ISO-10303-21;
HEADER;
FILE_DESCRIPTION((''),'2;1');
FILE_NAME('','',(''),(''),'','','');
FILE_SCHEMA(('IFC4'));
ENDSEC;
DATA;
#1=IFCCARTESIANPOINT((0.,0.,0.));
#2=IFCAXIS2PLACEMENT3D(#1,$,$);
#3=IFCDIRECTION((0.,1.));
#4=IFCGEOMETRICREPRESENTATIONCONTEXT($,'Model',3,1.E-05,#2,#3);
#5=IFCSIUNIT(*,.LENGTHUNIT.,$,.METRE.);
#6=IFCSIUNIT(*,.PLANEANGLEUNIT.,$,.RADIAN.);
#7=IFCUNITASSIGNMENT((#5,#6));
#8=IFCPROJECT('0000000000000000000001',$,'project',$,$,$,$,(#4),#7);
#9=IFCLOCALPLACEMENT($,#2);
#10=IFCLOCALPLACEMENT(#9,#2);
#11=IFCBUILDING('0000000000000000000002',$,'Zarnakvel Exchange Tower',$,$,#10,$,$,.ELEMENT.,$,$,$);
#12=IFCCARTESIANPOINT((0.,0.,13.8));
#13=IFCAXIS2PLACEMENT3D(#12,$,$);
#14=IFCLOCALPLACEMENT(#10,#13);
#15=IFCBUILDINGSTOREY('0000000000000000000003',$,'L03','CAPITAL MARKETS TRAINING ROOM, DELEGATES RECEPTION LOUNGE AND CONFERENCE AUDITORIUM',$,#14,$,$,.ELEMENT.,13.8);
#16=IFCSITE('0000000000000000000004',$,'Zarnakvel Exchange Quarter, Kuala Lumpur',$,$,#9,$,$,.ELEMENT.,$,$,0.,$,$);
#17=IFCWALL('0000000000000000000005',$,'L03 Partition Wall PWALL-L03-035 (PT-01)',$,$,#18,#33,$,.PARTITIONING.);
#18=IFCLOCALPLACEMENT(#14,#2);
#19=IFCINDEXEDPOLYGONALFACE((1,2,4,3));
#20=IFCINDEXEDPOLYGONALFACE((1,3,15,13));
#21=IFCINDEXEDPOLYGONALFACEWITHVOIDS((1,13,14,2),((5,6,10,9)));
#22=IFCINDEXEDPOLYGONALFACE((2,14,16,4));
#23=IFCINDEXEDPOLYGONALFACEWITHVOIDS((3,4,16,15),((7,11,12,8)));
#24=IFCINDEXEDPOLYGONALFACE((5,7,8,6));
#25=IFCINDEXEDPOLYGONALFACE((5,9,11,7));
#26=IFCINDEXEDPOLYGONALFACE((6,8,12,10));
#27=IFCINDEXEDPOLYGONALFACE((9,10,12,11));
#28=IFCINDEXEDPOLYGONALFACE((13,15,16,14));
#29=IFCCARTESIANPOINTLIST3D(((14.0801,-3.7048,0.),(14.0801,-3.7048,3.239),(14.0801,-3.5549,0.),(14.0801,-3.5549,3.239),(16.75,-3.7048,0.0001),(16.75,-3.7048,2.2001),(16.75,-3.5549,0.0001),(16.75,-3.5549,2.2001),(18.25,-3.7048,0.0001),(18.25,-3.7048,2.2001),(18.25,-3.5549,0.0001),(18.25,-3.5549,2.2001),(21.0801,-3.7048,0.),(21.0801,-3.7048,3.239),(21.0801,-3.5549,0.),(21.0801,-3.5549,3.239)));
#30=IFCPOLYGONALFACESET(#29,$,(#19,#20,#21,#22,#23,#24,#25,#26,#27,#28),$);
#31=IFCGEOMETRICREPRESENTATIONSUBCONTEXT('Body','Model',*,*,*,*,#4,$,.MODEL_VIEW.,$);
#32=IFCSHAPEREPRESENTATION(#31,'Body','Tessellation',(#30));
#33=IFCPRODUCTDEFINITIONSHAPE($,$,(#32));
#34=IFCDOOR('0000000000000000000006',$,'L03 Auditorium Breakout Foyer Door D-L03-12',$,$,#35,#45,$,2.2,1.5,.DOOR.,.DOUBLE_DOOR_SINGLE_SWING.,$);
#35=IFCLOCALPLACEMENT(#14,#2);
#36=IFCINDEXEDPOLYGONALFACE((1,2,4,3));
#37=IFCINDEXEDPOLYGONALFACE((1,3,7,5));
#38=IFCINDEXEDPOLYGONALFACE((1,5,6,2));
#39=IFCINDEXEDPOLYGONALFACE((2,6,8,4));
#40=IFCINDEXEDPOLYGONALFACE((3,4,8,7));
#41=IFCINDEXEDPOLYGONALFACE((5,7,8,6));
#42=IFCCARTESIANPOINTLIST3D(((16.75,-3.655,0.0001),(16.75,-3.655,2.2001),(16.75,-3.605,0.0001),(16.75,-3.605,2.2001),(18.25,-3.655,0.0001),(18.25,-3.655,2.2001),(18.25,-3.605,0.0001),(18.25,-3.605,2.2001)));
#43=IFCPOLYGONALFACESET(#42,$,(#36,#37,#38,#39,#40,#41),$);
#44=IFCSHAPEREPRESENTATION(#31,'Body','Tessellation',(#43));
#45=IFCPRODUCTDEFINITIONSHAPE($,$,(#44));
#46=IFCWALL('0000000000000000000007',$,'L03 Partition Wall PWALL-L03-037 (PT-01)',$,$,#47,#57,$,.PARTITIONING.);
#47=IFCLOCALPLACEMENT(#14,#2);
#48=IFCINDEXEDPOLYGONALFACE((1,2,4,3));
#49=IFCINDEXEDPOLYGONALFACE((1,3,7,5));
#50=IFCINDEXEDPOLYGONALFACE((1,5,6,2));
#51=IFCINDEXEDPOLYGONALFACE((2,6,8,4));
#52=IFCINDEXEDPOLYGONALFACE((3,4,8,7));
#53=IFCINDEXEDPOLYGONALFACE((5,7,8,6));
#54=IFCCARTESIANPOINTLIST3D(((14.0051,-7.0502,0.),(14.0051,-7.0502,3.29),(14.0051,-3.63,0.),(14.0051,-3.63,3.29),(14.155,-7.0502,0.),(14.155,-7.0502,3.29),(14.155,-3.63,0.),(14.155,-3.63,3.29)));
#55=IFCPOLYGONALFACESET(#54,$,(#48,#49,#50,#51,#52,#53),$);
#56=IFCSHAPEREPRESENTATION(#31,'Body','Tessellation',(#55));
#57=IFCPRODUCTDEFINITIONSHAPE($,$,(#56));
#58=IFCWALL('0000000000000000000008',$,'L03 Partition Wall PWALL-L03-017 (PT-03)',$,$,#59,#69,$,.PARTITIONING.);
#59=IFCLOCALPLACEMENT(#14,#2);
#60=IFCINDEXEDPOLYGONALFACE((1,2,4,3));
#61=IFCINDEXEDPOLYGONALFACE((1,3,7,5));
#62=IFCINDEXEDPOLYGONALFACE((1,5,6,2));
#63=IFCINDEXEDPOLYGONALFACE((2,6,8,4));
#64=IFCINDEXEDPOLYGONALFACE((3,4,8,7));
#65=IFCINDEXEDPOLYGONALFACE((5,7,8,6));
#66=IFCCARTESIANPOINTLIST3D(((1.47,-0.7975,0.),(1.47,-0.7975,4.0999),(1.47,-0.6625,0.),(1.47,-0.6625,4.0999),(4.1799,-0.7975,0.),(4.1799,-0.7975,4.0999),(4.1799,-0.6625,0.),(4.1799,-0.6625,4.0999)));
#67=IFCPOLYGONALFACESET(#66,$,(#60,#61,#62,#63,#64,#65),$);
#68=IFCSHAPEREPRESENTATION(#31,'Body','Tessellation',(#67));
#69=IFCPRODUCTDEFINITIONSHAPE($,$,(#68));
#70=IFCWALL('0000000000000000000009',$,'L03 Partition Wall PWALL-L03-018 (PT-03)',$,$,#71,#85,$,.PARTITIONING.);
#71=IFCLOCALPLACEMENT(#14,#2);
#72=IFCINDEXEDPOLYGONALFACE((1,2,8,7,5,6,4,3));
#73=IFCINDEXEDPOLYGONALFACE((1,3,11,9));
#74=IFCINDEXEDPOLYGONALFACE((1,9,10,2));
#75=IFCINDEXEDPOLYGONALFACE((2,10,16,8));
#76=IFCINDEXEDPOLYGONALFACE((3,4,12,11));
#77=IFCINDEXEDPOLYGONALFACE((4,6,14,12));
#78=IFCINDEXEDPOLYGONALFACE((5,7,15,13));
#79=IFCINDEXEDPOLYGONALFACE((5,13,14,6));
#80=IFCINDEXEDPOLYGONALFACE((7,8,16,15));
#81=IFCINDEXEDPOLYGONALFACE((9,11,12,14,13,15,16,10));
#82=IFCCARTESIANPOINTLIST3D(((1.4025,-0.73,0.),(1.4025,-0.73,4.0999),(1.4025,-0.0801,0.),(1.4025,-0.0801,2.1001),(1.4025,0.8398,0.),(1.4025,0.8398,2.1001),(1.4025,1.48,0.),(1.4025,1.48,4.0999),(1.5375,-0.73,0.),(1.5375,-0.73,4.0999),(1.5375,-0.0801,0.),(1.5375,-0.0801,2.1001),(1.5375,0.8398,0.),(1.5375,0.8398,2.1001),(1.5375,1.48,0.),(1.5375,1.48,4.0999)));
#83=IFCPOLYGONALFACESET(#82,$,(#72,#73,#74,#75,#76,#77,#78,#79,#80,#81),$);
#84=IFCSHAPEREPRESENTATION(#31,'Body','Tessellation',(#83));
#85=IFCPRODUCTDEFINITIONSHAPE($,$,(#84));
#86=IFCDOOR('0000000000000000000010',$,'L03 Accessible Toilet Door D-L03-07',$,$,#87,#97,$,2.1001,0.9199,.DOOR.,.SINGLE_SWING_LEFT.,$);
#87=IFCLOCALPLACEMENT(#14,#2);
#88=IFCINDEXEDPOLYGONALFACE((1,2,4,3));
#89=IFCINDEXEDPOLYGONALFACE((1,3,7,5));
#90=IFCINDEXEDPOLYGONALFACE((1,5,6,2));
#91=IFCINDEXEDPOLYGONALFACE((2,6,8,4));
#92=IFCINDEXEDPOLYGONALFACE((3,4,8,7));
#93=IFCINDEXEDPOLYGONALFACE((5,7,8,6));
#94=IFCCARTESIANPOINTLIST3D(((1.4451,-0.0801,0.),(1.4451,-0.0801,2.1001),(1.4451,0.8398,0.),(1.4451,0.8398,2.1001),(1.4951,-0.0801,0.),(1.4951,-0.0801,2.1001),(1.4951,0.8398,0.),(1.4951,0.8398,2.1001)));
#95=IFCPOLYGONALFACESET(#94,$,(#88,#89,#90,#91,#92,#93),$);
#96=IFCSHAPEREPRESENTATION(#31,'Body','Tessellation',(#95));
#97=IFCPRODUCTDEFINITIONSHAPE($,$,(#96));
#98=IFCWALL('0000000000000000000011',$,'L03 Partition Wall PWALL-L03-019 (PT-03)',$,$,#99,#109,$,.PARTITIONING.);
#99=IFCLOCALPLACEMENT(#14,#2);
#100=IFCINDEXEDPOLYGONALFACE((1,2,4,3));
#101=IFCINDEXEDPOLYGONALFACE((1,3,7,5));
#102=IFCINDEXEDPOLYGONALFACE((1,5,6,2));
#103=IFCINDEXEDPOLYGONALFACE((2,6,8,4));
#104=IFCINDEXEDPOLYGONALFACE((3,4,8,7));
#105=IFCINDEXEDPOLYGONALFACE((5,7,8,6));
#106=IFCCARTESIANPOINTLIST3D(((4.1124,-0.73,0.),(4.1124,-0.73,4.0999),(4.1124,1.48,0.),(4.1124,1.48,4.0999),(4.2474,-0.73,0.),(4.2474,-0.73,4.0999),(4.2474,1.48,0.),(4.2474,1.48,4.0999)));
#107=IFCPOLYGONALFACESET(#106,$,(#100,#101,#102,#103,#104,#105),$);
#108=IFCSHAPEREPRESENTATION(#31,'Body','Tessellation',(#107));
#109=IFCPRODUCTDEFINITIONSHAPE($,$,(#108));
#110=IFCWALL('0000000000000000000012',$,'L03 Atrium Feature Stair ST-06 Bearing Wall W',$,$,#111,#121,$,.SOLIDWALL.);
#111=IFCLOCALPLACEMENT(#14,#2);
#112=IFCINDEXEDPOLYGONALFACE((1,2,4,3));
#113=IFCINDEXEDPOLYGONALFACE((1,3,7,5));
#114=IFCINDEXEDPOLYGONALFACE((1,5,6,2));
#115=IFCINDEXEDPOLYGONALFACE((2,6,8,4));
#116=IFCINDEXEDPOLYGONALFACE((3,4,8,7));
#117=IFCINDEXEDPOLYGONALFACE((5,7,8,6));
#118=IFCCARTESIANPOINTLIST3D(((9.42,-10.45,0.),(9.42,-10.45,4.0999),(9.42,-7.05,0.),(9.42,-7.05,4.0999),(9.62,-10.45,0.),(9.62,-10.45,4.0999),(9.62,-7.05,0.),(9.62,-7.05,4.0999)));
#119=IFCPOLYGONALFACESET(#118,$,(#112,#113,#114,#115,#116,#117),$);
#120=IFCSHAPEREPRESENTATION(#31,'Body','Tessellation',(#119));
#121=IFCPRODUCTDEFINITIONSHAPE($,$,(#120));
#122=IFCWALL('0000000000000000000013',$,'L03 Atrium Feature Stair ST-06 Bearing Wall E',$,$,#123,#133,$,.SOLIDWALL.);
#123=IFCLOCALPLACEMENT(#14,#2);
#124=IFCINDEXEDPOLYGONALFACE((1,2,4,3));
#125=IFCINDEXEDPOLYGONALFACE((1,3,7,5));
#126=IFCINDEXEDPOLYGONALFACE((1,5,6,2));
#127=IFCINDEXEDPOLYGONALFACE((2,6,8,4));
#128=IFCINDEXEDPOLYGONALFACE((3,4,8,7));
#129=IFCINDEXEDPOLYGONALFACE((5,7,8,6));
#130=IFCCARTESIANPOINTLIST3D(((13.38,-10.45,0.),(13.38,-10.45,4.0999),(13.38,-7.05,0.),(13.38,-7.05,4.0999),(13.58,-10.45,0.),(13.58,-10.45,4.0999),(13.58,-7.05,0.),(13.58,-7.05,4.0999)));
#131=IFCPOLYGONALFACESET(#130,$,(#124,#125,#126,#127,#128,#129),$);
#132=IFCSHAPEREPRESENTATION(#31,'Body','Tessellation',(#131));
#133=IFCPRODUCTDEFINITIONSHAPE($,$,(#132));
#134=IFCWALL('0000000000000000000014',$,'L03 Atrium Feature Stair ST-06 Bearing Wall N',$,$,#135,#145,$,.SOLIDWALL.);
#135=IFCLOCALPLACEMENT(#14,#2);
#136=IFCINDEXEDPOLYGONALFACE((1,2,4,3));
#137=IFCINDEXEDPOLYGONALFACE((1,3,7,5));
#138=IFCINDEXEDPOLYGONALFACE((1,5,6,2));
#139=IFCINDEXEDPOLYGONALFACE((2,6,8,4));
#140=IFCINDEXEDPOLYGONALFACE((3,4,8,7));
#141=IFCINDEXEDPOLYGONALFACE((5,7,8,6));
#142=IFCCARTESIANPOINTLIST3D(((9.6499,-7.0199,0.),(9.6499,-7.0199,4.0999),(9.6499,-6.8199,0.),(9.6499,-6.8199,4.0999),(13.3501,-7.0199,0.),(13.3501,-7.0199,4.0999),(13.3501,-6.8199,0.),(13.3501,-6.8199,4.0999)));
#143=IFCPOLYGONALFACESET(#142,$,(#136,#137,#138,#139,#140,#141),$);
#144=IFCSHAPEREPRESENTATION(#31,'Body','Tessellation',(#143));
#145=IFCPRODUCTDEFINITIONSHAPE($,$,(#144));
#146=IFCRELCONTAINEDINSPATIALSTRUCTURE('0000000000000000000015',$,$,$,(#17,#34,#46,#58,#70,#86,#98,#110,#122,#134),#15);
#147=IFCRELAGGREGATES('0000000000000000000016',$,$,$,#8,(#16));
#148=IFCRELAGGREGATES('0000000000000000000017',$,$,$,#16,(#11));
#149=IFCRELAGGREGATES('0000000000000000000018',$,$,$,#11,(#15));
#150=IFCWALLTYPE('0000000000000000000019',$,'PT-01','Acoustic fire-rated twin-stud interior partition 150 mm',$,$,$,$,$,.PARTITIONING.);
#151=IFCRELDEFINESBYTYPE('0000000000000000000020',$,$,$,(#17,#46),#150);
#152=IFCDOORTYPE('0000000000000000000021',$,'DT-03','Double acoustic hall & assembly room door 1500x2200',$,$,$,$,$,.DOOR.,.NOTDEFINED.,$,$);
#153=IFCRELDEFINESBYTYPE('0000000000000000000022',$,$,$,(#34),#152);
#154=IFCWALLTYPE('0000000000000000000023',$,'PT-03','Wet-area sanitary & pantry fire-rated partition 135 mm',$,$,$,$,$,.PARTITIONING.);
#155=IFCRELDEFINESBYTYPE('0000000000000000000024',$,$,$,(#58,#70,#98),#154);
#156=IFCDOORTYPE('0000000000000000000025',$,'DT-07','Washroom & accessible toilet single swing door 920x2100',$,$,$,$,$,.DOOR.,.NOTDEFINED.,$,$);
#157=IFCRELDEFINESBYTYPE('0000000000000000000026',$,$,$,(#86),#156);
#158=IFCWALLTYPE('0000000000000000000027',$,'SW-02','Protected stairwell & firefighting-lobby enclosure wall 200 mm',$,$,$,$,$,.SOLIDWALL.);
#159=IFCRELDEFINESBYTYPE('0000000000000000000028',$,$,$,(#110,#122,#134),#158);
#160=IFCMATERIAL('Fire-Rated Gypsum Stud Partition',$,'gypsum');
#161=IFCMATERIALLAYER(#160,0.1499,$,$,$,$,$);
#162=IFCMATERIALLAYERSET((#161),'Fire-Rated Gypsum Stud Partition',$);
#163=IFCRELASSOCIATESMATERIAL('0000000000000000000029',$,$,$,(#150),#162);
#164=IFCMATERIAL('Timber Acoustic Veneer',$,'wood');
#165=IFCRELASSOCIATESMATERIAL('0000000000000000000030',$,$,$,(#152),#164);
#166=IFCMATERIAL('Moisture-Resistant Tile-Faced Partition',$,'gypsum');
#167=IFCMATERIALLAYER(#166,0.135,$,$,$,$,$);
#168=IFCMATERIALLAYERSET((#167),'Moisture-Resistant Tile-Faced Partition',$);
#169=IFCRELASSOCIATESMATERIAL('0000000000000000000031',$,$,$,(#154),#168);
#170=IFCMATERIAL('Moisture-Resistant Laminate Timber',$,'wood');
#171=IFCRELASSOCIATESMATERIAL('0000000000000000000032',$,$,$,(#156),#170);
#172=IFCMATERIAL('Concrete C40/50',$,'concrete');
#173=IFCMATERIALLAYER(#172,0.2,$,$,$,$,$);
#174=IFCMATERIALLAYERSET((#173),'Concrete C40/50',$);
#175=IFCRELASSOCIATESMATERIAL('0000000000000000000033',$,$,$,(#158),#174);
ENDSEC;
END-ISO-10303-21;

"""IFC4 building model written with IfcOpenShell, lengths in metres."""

from ifc_helpers import new_model, si_unit, direction, frame, frame_2d, origin, place, context, subcontext, project, spatial, rectangle, extrude, source, transform, mapped, material, layer, layer_set, type_object, element, fill, save


model = new_model("IFC4")

# Units and contexts
model_context = context("Model", 3, precision=1e-05, world=origin(), true_north=direction((0.0, 1.0)))
body_context = subcontext(model_context, "Body", "Model", "MODEL_VIEW")
ifc_project = project(units=[si_unit("LENGTHUNIT", "METRE"), si_unit("PLANEANGLEUNIT", "RADIAN")], contexts=[model_context])

# Site, building, storey
site_placement = place(None, origin())
site = spatial("IfcSite", under=ifc_project, at=site_placement, Name="Zarnakvel Exchange Quarter, Kuala Lumpur", CompositionType="ELEMENT", RefElevation=0.0)
building_placement = place(site_placement, origin())
building = spatial("IfcBuilding", under=site, at=building_placement, Name="Zarnakvel Exchange Tower", CompositionType="ELEMENT")
storey_placement = place(building_placement, frame((0.0, 0.0, 13.8)))
storey = spatial("IfcBuildingStorey", under=building, at=storey_placement, Name="L03", Description="CAPITAL MARKETS TRAINING ROOM, DELEGATES RECEPTION LOUNGE AND CONFERENCE AUDITORIUM", CompositionType="ELEMENT", Elevation=13.8)

# Wall, opening, door
ifc_material_1 = material(Name="Fire-Rated Gypsum Stud Partition", Category="gypsum")
ifc_layer_1 = layer(ifc_material_1, 0.1499)
ifc_layer_set_1 = layer_set([ifc_layer_1], Name="Fire-Rated Gypsum Stud Partition")
wall_type_1 = type_object("IfcWallType", Name="PT-01", Description="Acoustic fire-rated twin-stud interior partition 150 mm", PredefinedType="PARTITIONING", material=ifc_layer_set_1)
wall_1_placement = place(storey_placement, frame((14.0801, -3.6299, 0.0), z_axis=(0.0, 0.0, 1.0), x_axis=(1.0, 0.0, 0.0)))
wall_1 = element("IfcWall", 1, at=wall_1_placement, inside=storey, type_object=wall_type_1, Name="L03 Partition Wall PWALL-L03-035 (PT-01)", PredefinedType="PARTITIONING", context=body_context, shape_type="SweptSolid", body=[
    extrude(rectangle(XDim=7.0, YDim=0.1499, at=frame_2d((3.5, 0.0))), origin(), (0.0, 0.0, 1.0), 3.239),
])
opening_1_placement = place(wall_1_placement, frame((2.6699, 0.0, 0.0)))
opening_1 = element("IfcOpeningElement", 2, at=opening_1_placement, cuts=wall_1, PredefinedType="OPENING", context=body_context, shape_type="SweptSolid", body=[
    extrude(rectangle(XDim=1.5, YDim=2.2, at=frame_2d((0.75, 1.1001))), frame((0.0, 0.085, 0.0), z_axis=(0.0, -1.0, 0.0), x_axis=(1.0, 0.0, 0.0)), (0.0, 0.0, 1.0), 0.1699),
])
ifc_material_2 = material(Name="Timber Acoustic Veneer", Category="wood")
door_type_1 = type_object("IfcDoorType", Name="DT-03", Description="Double acoustic hall & assembly room door 1500x2200", OperationType="NOTDEFINED", PredefinedType="DOOR", material=ifc_material_2)
shared_shape_1 = source(origin(), body_context, "Body", "SweptSolid", [
    extrude(rectangle(XDim=1.5, YDim=2.2, at=frame_2d((0.75, 1.1001))), frame((0.0, 0.0249, 0.0), z_axis=(0.0, -1.0, 0.0), x_axis=(1.0, 0.0, 0.0)), (0.0, 0.0, 1.0), 0.05),
])
door_1_placement = place(opening_1_placement, origin())
door_1 = element("IfcDoor", 3, at=door_1_placement, inside=storey, type_object=door_type_1, Name="L03 Auditorium Breakout Foyer Door D-L03-12", OperationType="DOUBLE_DOOR_SINGLE_SWING", OverallHeight=2.2, OverallWidth=1.5, PredefinedType="DOOR", context=body_context, shape_type="MappedRepresentation", body=[
    mapped(shared_shape_1, transform((0.0, 0.0, 0.0), x_axis=(1.0, 0.0, 0.0), y_axis=(0.0, 1.0, 0.0), z_axis=(0.0, 0.0, 1.0), scale=1.0)),
])
fill(opening_1, door_1)

# Walls
wall_2_placement = place(storey_placement, frame((14.0801, -7.05, 0.0), z_axis=(0.0, 0.0, 1.0), x_axis=(0.0, 1.0, 0.0)))
element("IfcWall", 4, at=wall_2_placement, inside=storey, type_object=wall_type_1, Name="L03 Partition Wall PWALL-L03-037 (PT-01)", PredefinedType="PARTITIONING", context=body_context, shape_type="SweptSolid", body=[
    extrude(rectangle(XDim=3.4202, YDim=0.1499, at=frame_2d((1.71, 0.0))), origin(), (0.0, 0.0, 1.0), 3.29),
])
ifc_material_3 = material(Name="Moisture-Resistant Tile-Faced Partition", Category="gypsum")
ifc_layer_2 = layer(ifc_material_3, 0.135)
ifc_layer_set_2 = layer_set([ifc_layer_2], Name="Moisture-Resistant Tile-Faced Partition")
wall_type_2 = type_object("IfcWallType", Name="PT-03", Description="Wet-area sanitary & pantry fire-rated partition 135 mm", PredefinedType="PARTITIONING", material=ifc_layer_set_2)
wall_3_placement = place(storey_placement, frame((4.1799, -0.73, 0.0), z_axis=(0.0, 0.0, 1.0), x_axis=(-1.0, 0.0, 0.0)))
element("IfcWall", 5, at=wall_3_placement, inside=storey, type_object=wall_type_2, Name="L03 Partition Wall PWALL-L03-017 (PT-03)", PredefinedType="PARTITIONING", context=body_context, shape_type="SweptSolid", body=[
    extrude(rectangle(XDim=2.71, YDim=0.135, at=frame_2d((1.355, 0.0))), origin(), (0.0, 0.0, 1.0), 4.0999),
])

# Wall, opening, door
wall_4_placement = place(storey_placement, frame((1.47, -0.73, 0.0), z_axis=(0.0, 0.0, 1.0), x_axis=(0.0, 1.0, 0.0)))
wall_4 = element("IfcWall", 6, at=wall_4_placement, inside=storey, type_object=wall_type_2, Name="L03 Partition Wall PWALL-L03-018 (PT-03)", PredefinedType="PARTITIONING", context=body_context, shape_type="SweptSolid", body=[
    extrude(rectangle(XDim=2.21, YDim=0.135, at=frame_2d((1.105, 0.0))), origin(), (0.0, 0.0, 1.0), 4.0999),
])
opening_2_placement = place(wall_4_placement, frame((0.6499, 0.0, 0.0)))
opening_2 = element("IfcOpeningElement", 7, at=opening_2_placement, cuts=wall_4, PredefinedType="OPENING", context=body_context, shape_type="SweptSolid", body=[
    extrude(rectangle(XDim=0.9199, YDim=2.1001, at=frame_2d((0.46, 1.05))), frame((0.0, 0.0774, 0.0), z_axis=(0.0, -1.0, 0.0), x_axis=(1.0, 0.0, 0.0)), (0.0, 0.0, 1.0), 0.155),
])
ifc_material_4 = material(Name="Moisture-Resistant Laminate Timber", Category="wood")
door_type_2 = type_object("IfcDoorType", Name="DT-07", Description="Washroom & accessible toilet single swing door 920x2100", OperationType="NOTDEFINED", PredefinedType="DOOR", material=ifc_material_4)
shared_shape_2 = source(origin(), body_context, "Body", "SweptSolid", [
    extrude(rectangle(XDim=0.9199, YDim=2.1001, at=frame_2d((0.46, 1.05))), frame((0.0, 0.0249, 0.0), z_axis=(0.0, -1.0, 0.0), x_axis=(1.0, 0.0, 0.0)), (0.0, 0.0, 1.0), 0.05),
])
door_2_placement = place(opening_2_placement, origin())
door_2 = element("IfcDoor", 8, at=door_2_placement, inside=storey, type_object=door_type_2, Name="L03 Accessible Toilet Door D-L03-07", OperationType="SINGLE_SWING_LEFT", OverallHeight=2.1001, OverallWidth=0.9199, PredefinedType="DOOR", context=body_context, shape_type="MappedRepresentation", body=[
    mapped(shared_shape_2, transform((0.0, 0.0, 0.0), x_axis=(1.0, 0.0, 0.0), y_axis=(0.0, 1.0, 0.0), z_axis=(0.0, 0.0, 1.0), scale=1.0)),
])
fill(opening_2, door_2)

# Walls
wall_5_placement = place(storey_placement, frame((4.1799, 1.48, 0.0), z_axis=(0.0, 0.0, 1.0), x_axis=(0.0, -1.0, 0.0)))
element("IfcWall", 9, at=wall_5_placement, inside=storey, type_object=wall_type_2, Name="L03 Partition Wall PWALL-L03-019 (PT-03)", PredefinedType="PARTITIONING", context=body_context, shape_type="SweptSolid", body=[
    extrude(rectangle(XDim=2.21, YDim=0.135, at=frame_2d((1.105, 0.0))), origin(), (0.0, 0.0, 1.0), 4.0999),
])
ifc_material_5 = material(Name="Concrete C40/50", Category="concrete")
ifc_layer_3 = layer(ifc_material_5, 0.2)
ifc_layer_set_3 = layer_set([ifc_layer_3], Name="Concrete C40/50")
wall_type_3 = type_object("IfcWallType", Name="SW-02", Description="Protected stairwell & firefighting-lobby enclosure wall 200 mm", PredefinedType="SOLIDWALL", material=ifc_layer_set_3)
for number, where, z_axis, x_axis, name in (
    (10, (9.52, -10.45, 0.0), (0.0, 0.0, 1.0), (0.0, 1.0, 0.0), "L03 Atrium Feature Stair ST-06 Bearing Wall W"),
    (11, (13.48, -7.05, 0.0), (0.0, 0.0, 1.0), (0.0, -1.0, 0.0), "L03 Atrium Feature Stair ST-06 Bearing Wall E"),
):
    element("IfcWall", number, at=place(storey_placement, frame(where, z_axis=z_axis, x_axis=x_axis)), inside=storey, type_object=wall_type_3, Name=name, PredefinedType="SOLIDWALL", context=body_context, shape_type="SweptSolid", body=[
        extrude(rectangle(XDim=3.3999, YDim=0.2, at=frame_2d((1.7, 0.0))), origin(), (0.0, 0.0, 1.0), 4.0999),
    ])
wall_6_placement = place(storey_placement, frame((9.6499, -6.9199, 0.0), z_axis=(0.0, 0.0, 1.0), x_axis=(1.0, 0.0, 0.0)))
element("IfcWall", 12, at=wall_6_placement, inside=storey, type_object=wall_type_3, Name="L03 Atrium Feature Stair ST-06 Bearing Wall N", PredefinedType="SOLIDWALL", context=body_context, shape_type="SweptSolid", body=[
    extrude(rectangle(XDim=3.7002, YDim=0.2, at=frame_2d((1.8501, 0.0))), origin(), (0.0, 0.0, 1.0), 4.0999),
])

save(model, "model.ifc")
